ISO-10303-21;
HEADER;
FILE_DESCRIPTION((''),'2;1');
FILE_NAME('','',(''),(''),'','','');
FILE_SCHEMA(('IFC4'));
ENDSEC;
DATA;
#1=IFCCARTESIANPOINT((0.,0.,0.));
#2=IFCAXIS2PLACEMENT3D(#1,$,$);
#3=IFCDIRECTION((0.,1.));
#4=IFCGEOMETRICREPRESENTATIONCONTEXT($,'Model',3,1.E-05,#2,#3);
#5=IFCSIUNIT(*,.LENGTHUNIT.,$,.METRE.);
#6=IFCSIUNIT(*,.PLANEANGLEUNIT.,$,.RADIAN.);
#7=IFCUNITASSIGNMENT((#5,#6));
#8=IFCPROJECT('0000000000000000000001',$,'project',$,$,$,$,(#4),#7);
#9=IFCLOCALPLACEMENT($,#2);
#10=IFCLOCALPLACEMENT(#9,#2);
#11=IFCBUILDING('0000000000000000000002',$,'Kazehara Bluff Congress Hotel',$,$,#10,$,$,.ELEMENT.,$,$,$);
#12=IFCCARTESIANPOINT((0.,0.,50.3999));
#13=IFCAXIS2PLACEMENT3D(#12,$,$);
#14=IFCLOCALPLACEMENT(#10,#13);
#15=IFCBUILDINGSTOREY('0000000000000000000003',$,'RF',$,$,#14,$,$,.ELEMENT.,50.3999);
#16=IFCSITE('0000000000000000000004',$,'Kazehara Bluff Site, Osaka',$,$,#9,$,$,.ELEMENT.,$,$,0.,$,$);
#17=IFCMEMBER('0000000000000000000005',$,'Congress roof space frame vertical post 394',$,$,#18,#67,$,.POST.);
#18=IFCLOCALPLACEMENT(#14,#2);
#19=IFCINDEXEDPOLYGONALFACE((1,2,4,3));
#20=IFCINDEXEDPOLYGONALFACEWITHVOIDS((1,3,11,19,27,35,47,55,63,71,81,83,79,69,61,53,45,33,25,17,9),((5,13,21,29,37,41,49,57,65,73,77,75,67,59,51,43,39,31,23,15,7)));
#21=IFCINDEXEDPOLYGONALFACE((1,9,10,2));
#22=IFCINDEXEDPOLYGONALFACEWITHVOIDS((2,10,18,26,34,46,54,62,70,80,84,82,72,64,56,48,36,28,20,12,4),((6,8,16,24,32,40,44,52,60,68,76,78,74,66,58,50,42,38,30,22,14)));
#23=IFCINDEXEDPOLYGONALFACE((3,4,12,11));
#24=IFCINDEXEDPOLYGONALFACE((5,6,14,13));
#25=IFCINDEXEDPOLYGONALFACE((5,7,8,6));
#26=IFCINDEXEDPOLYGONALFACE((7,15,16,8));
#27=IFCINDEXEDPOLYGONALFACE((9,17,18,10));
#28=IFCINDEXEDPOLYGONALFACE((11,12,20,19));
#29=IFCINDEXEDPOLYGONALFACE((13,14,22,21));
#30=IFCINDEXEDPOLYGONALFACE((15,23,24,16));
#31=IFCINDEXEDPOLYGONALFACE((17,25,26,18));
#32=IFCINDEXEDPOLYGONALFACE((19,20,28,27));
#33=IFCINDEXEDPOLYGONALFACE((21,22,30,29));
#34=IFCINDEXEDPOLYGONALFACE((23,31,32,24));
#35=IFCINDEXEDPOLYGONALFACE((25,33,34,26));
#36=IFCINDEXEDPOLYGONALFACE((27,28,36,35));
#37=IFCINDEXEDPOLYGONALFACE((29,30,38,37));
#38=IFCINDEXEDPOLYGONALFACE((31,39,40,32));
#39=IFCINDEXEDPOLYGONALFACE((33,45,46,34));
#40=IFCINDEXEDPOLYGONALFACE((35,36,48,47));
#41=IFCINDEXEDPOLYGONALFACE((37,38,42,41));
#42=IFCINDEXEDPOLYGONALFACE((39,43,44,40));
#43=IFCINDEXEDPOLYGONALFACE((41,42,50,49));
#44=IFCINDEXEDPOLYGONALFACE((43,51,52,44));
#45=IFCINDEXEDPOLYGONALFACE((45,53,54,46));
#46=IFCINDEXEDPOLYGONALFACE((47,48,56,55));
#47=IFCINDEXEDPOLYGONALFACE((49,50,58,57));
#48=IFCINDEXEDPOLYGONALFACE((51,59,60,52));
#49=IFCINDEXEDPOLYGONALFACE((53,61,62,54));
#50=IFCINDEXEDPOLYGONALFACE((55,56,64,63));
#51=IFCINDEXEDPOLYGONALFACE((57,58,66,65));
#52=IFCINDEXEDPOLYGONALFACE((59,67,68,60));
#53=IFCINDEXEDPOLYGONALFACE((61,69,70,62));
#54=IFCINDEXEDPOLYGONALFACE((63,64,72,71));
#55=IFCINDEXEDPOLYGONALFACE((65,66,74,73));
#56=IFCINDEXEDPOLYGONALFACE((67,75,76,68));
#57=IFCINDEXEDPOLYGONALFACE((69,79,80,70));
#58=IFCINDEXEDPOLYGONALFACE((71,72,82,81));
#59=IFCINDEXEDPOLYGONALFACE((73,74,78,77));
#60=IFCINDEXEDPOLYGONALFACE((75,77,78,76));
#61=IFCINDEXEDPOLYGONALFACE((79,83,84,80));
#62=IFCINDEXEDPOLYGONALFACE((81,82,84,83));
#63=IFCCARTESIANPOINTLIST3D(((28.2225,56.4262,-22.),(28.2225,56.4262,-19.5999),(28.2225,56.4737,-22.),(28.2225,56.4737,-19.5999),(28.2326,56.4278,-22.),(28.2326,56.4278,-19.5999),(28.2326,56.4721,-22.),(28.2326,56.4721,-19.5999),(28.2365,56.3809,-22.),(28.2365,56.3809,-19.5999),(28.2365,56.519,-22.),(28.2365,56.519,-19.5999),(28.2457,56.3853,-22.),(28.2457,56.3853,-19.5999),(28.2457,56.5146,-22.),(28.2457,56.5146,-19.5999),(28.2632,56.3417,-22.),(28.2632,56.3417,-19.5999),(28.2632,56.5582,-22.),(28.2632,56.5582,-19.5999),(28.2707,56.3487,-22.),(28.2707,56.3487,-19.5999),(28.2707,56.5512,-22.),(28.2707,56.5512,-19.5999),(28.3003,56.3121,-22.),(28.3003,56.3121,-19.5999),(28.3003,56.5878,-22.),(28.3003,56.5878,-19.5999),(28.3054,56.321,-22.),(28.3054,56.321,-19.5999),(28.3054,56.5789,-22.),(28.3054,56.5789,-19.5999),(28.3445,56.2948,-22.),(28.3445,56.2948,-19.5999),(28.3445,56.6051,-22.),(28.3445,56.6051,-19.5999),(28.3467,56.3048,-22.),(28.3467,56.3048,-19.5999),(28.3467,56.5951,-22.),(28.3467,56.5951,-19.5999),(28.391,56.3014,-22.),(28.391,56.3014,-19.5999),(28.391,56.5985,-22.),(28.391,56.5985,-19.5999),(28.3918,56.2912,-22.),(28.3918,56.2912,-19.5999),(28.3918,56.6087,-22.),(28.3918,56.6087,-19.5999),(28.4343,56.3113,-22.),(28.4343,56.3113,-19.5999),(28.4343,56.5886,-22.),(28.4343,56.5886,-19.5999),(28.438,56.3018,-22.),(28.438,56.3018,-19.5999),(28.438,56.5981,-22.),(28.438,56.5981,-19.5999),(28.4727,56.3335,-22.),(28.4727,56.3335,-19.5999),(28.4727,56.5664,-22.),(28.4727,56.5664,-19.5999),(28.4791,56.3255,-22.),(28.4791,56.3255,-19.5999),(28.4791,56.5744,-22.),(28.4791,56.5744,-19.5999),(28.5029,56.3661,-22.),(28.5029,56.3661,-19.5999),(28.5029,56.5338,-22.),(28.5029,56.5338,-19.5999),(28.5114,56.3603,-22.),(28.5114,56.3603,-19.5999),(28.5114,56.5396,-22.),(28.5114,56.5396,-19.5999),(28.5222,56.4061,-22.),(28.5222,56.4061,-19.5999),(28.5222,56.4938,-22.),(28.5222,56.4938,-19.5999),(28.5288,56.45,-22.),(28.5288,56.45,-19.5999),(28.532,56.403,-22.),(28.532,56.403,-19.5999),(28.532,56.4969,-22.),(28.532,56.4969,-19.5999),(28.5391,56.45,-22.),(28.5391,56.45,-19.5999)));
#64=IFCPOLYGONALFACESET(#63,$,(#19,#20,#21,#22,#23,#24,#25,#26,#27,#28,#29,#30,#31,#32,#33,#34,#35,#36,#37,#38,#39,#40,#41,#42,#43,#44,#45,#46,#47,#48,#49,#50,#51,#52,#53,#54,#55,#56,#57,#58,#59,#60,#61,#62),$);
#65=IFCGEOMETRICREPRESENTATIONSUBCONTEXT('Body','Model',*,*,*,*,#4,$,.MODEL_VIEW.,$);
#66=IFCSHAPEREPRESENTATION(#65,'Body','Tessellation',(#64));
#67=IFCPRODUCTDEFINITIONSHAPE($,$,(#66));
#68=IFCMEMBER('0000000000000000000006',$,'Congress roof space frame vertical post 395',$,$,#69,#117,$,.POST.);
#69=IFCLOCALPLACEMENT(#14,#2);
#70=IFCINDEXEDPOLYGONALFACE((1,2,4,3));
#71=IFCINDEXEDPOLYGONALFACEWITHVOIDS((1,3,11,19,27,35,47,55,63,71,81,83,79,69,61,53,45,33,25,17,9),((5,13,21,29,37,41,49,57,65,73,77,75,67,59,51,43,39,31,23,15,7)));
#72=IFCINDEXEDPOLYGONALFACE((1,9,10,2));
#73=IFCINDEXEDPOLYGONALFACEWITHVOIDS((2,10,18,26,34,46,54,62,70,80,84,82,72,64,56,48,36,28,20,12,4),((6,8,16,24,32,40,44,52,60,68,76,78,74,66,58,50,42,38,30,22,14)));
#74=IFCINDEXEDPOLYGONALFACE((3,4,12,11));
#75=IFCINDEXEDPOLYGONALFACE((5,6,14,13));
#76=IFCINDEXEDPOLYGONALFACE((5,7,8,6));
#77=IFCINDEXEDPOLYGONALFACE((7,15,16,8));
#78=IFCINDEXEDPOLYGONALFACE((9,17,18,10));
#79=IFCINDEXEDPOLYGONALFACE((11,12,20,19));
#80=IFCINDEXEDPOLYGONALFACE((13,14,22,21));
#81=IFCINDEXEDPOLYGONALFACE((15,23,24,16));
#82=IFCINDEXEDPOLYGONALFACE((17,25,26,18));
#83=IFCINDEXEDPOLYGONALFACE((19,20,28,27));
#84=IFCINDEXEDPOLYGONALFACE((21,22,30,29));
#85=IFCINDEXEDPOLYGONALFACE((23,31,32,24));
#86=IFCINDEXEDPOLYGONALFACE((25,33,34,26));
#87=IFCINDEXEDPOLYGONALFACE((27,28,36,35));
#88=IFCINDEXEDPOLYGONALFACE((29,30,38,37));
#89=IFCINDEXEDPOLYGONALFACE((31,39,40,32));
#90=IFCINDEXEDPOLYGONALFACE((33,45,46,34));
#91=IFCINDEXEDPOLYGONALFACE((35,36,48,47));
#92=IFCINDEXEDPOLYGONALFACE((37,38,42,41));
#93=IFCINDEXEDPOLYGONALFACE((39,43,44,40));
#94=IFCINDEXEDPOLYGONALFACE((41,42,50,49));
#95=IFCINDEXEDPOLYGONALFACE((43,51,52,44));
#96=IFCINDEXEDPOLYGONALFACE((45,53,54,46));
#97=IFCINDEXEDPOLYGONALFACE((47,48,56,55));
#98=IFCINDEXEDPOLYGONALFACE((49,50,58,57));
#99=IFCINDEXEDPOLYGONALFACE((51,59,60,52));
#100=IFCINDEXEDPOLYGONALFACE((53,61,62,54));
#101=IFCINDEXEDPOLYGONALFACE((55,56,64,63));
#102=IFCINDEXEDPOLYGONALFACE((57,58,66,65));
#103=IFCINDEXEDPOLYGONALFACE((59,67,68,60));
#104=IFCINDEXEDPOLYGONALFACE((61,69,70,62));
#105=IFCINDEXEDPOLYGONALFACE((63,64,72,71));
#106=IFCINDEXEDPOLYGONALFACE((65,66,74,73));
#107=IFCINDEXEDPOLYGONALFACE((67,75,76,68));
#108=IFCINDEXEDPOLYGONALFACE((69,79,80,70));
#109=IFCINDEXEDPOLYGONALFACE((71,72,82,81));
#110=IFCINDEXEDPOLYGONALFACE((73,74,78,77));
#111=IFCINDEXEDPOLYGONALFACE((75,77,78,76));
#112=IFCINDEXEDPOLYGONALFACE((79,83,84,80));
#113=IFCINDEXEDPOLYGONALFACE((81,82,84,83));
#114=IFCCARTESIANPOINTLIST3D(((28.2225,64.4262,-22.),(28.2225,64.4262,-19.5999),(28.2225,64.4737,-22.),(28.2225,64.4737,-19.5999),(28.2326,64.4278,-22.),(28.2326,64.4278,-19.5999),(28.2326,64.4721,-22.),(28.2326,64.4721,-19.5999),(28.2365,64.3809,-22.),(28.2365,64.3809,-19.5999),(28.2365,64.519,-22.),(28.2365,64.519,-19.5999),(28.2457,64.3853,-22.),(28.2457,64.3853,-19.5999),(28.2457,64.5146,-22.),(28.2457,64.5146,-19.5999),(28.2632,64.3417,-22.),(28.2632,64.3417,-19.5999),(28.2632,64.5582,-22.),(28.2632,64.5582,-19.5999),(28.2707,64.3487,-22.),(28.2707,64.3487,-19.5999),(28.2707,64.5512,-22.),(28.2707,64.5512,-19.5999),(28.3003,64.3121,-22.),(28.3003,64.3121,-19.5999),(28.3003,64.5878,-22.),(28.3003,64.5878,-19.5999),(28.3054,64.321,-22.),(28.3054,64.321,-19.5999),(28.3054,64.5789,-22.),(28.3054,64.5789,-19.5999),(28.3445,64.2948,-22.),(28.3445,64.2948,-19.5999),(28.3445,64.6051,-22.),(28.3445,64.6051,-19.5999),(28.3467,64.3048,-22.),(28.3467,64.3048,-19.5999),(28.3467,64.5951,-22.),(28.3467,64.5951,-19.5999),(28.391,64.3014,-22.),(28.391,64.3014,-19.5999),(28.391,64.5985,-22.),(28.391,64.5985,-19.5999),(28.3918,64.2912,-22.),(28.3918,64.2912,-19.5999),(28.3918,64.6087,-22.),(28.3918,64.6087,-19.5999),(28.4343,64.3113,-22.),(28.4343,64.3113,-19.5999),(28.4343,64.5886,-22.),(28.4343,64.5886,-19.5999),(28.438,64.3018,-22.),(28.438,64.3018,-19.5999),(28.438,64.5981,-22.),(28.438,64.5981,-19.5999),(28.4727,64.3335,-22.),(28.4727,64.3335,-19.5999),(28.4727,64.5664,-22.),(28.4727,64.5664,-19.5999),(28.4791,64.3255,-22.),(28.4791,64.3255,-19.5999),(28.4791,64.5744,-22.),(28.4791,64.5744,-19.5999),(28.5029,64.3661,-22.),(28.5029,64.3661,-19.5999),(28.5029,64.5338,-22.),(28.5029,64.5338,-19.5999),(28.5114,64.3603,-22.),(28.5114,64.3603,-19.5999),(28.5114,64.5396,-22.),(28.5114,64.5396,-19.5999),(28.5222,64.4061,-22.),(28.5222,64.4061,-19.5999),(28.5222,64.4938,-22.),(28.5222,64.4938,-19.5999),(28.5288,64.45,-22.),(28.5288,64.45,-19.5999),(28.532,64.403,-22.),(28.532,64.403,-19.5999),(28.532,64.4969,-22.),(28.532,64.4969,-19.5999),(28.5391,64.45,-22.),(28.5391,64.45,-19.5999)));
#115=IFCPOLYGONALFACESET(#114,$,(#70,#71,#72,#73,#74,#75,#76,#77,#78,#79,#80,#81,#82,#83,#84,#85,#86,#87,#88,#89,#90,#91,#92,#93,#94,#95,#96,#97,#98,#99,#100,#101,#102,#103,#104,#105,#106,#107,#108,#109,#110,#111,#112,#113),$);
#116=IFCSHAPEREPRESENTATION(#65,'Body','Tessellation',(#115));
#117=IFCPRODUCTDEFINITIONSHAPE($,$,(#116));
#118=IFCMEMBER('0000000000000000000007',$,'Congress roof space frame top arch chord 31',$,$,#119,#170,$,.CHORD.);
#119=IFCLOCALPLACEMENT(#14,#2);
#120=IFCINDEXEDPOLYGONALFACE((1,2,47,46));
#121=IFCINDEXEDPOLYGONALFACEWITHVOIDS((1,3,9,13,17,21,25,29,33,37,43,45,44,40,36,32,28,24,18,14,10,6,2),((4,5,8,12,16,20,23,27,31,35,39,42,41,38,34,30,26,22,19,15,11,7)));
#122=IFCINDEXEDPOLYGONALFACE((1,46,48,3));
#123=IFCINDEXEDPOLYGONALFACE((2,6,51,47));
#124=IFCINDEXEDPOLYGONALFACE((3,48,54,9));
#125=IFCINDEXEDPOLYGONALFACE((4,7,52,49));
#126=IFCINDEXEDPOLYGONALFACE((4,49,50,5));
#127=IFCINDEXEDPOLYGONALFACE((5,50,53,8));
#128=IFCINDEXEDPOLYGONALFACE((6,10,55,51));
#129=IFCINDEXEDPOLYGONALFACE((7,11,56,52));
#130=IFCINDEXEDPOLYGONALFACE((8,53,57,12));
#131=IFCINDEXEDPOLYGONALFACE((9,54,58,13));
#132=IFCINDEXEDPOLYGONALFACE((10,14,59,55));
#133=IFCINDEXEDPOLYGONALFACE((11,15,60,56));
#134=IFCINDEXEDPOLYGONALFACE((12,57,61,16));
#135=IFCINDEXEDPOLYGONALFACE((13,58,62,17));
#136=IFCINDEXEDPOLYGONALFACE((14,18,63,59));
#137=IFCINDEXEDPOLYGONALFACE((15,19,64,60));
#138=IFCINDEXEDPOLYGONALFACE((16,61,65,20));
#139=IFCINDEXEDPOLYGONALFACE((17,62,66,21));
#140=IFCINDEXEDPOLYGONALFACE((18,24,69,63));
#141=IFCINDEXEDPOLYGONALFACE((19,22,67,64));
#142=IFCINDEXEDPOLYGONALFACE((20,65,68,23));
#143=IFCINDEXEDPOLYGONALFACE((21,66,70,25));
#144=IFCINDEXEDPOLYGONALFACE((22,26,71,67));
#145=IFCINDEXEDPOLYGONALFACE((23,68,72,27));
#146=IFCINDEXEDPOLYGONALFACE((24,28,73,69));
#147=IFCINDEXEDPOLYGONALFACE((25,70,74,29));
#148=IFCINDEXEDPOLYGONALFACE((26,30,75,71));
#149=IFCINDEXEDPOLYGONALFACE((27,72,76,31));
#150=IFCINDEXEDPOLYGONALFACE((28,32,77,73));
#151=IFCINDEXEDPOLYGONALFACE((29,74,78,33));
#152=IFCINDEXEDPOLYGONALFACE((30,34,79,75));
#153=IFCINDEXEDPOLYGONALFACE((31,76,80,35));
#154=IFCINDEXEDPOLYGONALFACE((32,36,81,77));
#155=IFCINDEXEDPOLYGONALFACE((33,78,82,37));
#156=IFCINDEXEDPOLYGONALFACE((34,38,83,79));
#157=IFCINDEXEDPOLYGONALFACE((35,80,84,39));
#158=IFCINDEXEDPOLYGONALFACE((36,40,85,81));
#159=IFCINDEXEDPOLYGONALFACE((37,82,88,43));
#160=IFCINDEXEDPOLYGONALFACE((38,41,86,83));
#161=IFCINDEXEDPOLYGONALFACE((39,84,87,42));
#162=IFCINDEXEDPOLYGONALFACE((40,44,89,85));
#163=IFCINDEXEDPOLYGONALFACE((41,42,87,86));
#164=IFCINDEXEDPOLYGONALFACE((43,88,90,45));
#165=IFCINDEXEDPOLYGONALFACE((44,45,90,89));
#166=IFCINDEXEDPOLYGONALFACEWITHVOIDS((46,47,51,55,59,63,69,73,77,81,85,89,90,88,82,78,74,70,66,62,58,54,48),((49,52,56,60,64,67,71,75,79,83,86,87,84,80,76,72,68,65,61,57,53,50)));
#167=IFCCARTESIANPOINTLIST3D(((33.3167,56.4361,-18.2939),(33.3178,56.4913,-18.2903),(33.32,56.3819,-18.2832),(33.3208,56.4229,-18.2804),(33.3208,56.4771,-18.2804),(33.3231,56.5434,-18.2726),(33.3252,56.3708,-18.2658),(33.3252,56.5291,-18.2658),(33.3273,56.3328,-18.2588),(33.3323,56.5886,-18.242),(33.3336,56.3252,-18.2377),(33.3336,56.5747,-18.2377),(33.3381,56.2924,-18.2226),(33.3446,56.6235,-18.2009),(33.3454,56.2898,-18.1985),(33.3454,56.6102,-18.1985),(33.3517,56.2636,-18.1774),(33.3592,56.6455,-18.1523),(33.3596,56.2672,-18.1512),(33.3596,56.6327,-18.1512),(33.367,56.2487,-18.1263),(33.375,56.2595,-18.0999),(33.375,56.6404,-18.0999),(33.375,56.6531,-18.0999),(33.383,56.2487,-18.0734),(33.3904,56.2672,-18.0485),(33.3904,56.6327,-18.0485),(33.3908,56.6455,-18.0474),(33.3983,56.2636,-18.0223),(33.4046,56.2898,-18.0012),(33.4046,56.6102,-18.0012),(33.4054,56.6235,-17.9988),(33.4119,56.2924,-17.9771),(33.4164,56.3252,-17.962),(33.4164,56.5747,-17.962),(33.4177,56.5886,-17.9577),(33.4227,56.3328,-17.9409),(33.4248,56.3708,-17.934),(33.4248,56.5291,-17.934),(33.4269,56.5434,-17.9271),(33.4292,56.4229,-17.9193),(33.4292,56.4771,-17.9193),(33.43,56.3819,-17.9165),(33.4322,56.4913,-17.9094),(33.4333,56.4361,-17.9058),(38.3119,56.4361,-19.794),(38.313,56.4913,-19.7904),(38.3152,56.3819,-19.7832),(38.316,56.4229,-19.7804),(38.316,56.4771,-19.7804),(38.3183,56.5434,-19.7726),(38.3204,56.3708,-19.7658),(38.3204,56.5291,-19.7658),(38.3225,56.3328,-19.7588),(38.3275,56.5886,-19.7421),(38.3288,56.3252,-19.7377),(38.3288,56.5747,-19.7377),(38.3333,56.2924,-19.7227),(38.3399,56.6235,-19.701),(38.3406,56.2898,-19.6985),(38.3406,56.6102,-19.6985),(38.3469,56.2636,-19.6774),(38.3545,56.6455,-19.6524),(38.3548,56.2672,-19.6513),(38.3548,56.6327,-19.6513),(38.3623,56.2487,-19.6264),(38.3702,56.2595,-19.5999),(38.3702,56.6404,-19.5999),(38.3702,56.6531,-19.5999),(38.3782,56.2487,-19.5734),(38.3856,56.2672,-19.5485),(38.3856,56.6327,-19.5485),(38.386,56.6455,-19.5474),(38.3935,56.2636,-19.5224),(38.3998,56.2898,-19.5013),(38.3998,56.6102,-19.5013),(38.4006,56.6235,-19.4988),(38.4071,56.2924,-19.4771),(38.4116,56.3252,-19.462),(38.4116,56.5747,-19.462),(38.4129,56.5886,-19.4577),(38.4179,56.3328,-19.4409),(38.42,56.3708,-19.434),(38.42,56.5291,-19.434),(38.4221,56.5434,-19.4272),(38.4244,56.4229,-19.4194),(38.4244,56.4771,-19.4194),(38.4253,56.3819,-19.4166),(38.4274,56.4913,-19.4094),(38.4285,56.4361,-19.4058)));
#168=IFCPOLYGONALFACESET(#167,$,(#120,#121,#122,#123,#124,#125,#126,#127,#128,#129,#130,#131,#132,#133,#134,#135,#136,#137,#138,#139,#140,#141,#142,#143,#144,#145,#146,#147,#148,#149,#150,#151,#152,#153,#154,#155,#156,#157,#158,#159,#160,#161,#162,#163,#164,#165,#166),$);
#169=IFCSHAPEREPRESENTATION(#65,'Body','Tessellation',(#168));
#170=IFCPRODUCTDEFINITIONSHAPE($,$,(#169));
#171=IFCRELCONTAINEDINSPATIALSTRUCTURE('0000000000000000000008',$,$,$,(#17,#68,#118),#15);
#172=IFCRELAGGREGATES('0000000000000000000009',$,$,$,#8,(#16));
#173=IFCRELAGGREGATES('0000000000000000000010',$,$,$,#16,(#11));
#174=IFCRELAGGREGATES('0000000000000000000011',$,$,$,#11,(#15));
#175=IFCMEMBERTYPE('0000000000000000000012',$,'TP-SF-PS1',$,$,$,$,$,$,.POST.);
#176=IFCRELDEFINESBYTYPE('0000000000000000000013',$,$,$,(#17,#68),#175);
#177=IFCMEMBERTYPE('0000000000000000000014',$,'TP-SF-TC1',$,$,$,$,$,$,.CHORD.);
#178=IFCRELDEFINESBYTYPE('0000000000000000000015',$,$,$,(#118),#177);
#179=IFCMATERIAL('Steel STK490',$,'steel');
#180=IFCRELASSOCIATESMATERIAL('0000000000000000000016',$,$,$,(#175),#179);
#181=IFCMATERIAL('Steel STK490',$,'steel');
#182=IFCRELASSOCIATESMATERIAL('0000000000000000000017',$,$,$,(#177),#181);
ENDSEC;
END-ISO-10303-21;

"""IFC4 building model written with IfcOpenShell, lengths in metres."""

from ifc_helpers import new_model, si_unit, direction, frame, origin, origin_2d, place, context, subcontext, project, spatial, hollow_circle, extrude, material, material_profile, profile_set, type_object, element, save


model = new_model("IFC4")

# Units and contexts
model_context = context("Model", 3, precision=1e-05, world=origin(), true_north=direction((0.0, 1.0)))
body_context = subcontext(model_context, "Body", "Model", "MODEL_VIEW")
ifc_project = project(units=[si_unit("LENGTHUNIT", "METRE"), si_unit("PLANEANGLEUNIT", "RADIAN")], contexts=[model_context])

# Site, building, storey
site_placement = place(None, origin())
site = spatial("IfcSite", under=ifc_project, at=site_placement, Name="Kazehara Bluff Site, Osaka", CompositionType="ELEMENT", RefElevation=0.0)
building_placement = place(site_placement, origin())
building = spatial("IfcBuilding", under=site, at=building_placement, Name="Kazehara Bluff Congress Hotel", CompositionType="ELEMENT")
storey_placement = place(building_placement, frame((0.0, 0.0, 50.3999)))
storey = spatial("IfcBuildingStorey", under=building, at=storey_placement, Name="RF", CompositionType="ELEMENT", Elevation=50.3999)

# Members
ifc_material_1 = material(Name="Steel STK490", Category="steel")
ifc_material_profile_1 = material_profile(ifc_material_1, hollow_circle(Radius=0.1592, WallThickness=0.0103, at=origin_2d()))
ifc_profile_set_1 = profile_set([ifc_material_profile_1], Name="Steel STK490")
member_type_1 = type_object("IfcMemberType", Name="TP-SF-PS1", PredefinedType="POST", material=ifc_profile_set_1)
for number, where, z_axis, x_axis, name in (
    (1, (28.3799, 56.45, -22.0), (0.0, 0.0, 1.0), (1.0, 0.0, 0.0), "Congress roof space frame vertical post 394"),
    (2, (28.3799, 64.45, -22.0), (0.0, 0.0, 1.0), (1.0, 0.0, 0.0), "Congress roof space frame vertical post 395"),
):
    element("IfcMember", number, at=place(storey_placement, frame(where, z_axis=z_axis, x_axis=x_axis)), inside=storey, type_object=member_type_1, Name=name, PredefinedType="POST", context=body_context, shape_type="SweptSolid", body=[
        extrude(hollow_circle(Radius=0.1592, WallThickness=0.0103, at=origin_2d()), origin(), (0.0, 0.0, 1.0), 2.4001),
    ])
ifc_material_2 = material(Name="Steel STK490", Category="steel")
ifc_material_profile_2 = material_profile(ifc_material_2, hollow_circle(Radius=0.2031, WallThickness=0.0127, at=origin_2d()))
ifc_profile_set_2 = profile_set([ifc_material_profile_2], Name="Steel STK490")
member_type_2 = type_object("IfcMemberType", Name="TP-SF-TC1", PredefinedType="CHORD", material=ifc_profile_set_2)
member_1_placement = place(storey_placement, frame((33.375, 56.45, -18.0999), z_axis=(0.957749, 0.0, -0.287606), x_axis=(0.0, 1.0, 0.0)))
element("IfcMember", 3, at=member_1_placement, inside=storey, type_object=member_type_2, Name="Congress roof space frame top arch chord 31", PredefinedType="CHORD", context=body_context, shape_type="SweptSolid", body=[
    extrude(hollow_circle(Radius=0.2031, WallThickness=0.0127, at=origin_2d()), origin(), (0.0, 0.0, 1.0), 5.2156),
])

save(model, "model.ifc")
